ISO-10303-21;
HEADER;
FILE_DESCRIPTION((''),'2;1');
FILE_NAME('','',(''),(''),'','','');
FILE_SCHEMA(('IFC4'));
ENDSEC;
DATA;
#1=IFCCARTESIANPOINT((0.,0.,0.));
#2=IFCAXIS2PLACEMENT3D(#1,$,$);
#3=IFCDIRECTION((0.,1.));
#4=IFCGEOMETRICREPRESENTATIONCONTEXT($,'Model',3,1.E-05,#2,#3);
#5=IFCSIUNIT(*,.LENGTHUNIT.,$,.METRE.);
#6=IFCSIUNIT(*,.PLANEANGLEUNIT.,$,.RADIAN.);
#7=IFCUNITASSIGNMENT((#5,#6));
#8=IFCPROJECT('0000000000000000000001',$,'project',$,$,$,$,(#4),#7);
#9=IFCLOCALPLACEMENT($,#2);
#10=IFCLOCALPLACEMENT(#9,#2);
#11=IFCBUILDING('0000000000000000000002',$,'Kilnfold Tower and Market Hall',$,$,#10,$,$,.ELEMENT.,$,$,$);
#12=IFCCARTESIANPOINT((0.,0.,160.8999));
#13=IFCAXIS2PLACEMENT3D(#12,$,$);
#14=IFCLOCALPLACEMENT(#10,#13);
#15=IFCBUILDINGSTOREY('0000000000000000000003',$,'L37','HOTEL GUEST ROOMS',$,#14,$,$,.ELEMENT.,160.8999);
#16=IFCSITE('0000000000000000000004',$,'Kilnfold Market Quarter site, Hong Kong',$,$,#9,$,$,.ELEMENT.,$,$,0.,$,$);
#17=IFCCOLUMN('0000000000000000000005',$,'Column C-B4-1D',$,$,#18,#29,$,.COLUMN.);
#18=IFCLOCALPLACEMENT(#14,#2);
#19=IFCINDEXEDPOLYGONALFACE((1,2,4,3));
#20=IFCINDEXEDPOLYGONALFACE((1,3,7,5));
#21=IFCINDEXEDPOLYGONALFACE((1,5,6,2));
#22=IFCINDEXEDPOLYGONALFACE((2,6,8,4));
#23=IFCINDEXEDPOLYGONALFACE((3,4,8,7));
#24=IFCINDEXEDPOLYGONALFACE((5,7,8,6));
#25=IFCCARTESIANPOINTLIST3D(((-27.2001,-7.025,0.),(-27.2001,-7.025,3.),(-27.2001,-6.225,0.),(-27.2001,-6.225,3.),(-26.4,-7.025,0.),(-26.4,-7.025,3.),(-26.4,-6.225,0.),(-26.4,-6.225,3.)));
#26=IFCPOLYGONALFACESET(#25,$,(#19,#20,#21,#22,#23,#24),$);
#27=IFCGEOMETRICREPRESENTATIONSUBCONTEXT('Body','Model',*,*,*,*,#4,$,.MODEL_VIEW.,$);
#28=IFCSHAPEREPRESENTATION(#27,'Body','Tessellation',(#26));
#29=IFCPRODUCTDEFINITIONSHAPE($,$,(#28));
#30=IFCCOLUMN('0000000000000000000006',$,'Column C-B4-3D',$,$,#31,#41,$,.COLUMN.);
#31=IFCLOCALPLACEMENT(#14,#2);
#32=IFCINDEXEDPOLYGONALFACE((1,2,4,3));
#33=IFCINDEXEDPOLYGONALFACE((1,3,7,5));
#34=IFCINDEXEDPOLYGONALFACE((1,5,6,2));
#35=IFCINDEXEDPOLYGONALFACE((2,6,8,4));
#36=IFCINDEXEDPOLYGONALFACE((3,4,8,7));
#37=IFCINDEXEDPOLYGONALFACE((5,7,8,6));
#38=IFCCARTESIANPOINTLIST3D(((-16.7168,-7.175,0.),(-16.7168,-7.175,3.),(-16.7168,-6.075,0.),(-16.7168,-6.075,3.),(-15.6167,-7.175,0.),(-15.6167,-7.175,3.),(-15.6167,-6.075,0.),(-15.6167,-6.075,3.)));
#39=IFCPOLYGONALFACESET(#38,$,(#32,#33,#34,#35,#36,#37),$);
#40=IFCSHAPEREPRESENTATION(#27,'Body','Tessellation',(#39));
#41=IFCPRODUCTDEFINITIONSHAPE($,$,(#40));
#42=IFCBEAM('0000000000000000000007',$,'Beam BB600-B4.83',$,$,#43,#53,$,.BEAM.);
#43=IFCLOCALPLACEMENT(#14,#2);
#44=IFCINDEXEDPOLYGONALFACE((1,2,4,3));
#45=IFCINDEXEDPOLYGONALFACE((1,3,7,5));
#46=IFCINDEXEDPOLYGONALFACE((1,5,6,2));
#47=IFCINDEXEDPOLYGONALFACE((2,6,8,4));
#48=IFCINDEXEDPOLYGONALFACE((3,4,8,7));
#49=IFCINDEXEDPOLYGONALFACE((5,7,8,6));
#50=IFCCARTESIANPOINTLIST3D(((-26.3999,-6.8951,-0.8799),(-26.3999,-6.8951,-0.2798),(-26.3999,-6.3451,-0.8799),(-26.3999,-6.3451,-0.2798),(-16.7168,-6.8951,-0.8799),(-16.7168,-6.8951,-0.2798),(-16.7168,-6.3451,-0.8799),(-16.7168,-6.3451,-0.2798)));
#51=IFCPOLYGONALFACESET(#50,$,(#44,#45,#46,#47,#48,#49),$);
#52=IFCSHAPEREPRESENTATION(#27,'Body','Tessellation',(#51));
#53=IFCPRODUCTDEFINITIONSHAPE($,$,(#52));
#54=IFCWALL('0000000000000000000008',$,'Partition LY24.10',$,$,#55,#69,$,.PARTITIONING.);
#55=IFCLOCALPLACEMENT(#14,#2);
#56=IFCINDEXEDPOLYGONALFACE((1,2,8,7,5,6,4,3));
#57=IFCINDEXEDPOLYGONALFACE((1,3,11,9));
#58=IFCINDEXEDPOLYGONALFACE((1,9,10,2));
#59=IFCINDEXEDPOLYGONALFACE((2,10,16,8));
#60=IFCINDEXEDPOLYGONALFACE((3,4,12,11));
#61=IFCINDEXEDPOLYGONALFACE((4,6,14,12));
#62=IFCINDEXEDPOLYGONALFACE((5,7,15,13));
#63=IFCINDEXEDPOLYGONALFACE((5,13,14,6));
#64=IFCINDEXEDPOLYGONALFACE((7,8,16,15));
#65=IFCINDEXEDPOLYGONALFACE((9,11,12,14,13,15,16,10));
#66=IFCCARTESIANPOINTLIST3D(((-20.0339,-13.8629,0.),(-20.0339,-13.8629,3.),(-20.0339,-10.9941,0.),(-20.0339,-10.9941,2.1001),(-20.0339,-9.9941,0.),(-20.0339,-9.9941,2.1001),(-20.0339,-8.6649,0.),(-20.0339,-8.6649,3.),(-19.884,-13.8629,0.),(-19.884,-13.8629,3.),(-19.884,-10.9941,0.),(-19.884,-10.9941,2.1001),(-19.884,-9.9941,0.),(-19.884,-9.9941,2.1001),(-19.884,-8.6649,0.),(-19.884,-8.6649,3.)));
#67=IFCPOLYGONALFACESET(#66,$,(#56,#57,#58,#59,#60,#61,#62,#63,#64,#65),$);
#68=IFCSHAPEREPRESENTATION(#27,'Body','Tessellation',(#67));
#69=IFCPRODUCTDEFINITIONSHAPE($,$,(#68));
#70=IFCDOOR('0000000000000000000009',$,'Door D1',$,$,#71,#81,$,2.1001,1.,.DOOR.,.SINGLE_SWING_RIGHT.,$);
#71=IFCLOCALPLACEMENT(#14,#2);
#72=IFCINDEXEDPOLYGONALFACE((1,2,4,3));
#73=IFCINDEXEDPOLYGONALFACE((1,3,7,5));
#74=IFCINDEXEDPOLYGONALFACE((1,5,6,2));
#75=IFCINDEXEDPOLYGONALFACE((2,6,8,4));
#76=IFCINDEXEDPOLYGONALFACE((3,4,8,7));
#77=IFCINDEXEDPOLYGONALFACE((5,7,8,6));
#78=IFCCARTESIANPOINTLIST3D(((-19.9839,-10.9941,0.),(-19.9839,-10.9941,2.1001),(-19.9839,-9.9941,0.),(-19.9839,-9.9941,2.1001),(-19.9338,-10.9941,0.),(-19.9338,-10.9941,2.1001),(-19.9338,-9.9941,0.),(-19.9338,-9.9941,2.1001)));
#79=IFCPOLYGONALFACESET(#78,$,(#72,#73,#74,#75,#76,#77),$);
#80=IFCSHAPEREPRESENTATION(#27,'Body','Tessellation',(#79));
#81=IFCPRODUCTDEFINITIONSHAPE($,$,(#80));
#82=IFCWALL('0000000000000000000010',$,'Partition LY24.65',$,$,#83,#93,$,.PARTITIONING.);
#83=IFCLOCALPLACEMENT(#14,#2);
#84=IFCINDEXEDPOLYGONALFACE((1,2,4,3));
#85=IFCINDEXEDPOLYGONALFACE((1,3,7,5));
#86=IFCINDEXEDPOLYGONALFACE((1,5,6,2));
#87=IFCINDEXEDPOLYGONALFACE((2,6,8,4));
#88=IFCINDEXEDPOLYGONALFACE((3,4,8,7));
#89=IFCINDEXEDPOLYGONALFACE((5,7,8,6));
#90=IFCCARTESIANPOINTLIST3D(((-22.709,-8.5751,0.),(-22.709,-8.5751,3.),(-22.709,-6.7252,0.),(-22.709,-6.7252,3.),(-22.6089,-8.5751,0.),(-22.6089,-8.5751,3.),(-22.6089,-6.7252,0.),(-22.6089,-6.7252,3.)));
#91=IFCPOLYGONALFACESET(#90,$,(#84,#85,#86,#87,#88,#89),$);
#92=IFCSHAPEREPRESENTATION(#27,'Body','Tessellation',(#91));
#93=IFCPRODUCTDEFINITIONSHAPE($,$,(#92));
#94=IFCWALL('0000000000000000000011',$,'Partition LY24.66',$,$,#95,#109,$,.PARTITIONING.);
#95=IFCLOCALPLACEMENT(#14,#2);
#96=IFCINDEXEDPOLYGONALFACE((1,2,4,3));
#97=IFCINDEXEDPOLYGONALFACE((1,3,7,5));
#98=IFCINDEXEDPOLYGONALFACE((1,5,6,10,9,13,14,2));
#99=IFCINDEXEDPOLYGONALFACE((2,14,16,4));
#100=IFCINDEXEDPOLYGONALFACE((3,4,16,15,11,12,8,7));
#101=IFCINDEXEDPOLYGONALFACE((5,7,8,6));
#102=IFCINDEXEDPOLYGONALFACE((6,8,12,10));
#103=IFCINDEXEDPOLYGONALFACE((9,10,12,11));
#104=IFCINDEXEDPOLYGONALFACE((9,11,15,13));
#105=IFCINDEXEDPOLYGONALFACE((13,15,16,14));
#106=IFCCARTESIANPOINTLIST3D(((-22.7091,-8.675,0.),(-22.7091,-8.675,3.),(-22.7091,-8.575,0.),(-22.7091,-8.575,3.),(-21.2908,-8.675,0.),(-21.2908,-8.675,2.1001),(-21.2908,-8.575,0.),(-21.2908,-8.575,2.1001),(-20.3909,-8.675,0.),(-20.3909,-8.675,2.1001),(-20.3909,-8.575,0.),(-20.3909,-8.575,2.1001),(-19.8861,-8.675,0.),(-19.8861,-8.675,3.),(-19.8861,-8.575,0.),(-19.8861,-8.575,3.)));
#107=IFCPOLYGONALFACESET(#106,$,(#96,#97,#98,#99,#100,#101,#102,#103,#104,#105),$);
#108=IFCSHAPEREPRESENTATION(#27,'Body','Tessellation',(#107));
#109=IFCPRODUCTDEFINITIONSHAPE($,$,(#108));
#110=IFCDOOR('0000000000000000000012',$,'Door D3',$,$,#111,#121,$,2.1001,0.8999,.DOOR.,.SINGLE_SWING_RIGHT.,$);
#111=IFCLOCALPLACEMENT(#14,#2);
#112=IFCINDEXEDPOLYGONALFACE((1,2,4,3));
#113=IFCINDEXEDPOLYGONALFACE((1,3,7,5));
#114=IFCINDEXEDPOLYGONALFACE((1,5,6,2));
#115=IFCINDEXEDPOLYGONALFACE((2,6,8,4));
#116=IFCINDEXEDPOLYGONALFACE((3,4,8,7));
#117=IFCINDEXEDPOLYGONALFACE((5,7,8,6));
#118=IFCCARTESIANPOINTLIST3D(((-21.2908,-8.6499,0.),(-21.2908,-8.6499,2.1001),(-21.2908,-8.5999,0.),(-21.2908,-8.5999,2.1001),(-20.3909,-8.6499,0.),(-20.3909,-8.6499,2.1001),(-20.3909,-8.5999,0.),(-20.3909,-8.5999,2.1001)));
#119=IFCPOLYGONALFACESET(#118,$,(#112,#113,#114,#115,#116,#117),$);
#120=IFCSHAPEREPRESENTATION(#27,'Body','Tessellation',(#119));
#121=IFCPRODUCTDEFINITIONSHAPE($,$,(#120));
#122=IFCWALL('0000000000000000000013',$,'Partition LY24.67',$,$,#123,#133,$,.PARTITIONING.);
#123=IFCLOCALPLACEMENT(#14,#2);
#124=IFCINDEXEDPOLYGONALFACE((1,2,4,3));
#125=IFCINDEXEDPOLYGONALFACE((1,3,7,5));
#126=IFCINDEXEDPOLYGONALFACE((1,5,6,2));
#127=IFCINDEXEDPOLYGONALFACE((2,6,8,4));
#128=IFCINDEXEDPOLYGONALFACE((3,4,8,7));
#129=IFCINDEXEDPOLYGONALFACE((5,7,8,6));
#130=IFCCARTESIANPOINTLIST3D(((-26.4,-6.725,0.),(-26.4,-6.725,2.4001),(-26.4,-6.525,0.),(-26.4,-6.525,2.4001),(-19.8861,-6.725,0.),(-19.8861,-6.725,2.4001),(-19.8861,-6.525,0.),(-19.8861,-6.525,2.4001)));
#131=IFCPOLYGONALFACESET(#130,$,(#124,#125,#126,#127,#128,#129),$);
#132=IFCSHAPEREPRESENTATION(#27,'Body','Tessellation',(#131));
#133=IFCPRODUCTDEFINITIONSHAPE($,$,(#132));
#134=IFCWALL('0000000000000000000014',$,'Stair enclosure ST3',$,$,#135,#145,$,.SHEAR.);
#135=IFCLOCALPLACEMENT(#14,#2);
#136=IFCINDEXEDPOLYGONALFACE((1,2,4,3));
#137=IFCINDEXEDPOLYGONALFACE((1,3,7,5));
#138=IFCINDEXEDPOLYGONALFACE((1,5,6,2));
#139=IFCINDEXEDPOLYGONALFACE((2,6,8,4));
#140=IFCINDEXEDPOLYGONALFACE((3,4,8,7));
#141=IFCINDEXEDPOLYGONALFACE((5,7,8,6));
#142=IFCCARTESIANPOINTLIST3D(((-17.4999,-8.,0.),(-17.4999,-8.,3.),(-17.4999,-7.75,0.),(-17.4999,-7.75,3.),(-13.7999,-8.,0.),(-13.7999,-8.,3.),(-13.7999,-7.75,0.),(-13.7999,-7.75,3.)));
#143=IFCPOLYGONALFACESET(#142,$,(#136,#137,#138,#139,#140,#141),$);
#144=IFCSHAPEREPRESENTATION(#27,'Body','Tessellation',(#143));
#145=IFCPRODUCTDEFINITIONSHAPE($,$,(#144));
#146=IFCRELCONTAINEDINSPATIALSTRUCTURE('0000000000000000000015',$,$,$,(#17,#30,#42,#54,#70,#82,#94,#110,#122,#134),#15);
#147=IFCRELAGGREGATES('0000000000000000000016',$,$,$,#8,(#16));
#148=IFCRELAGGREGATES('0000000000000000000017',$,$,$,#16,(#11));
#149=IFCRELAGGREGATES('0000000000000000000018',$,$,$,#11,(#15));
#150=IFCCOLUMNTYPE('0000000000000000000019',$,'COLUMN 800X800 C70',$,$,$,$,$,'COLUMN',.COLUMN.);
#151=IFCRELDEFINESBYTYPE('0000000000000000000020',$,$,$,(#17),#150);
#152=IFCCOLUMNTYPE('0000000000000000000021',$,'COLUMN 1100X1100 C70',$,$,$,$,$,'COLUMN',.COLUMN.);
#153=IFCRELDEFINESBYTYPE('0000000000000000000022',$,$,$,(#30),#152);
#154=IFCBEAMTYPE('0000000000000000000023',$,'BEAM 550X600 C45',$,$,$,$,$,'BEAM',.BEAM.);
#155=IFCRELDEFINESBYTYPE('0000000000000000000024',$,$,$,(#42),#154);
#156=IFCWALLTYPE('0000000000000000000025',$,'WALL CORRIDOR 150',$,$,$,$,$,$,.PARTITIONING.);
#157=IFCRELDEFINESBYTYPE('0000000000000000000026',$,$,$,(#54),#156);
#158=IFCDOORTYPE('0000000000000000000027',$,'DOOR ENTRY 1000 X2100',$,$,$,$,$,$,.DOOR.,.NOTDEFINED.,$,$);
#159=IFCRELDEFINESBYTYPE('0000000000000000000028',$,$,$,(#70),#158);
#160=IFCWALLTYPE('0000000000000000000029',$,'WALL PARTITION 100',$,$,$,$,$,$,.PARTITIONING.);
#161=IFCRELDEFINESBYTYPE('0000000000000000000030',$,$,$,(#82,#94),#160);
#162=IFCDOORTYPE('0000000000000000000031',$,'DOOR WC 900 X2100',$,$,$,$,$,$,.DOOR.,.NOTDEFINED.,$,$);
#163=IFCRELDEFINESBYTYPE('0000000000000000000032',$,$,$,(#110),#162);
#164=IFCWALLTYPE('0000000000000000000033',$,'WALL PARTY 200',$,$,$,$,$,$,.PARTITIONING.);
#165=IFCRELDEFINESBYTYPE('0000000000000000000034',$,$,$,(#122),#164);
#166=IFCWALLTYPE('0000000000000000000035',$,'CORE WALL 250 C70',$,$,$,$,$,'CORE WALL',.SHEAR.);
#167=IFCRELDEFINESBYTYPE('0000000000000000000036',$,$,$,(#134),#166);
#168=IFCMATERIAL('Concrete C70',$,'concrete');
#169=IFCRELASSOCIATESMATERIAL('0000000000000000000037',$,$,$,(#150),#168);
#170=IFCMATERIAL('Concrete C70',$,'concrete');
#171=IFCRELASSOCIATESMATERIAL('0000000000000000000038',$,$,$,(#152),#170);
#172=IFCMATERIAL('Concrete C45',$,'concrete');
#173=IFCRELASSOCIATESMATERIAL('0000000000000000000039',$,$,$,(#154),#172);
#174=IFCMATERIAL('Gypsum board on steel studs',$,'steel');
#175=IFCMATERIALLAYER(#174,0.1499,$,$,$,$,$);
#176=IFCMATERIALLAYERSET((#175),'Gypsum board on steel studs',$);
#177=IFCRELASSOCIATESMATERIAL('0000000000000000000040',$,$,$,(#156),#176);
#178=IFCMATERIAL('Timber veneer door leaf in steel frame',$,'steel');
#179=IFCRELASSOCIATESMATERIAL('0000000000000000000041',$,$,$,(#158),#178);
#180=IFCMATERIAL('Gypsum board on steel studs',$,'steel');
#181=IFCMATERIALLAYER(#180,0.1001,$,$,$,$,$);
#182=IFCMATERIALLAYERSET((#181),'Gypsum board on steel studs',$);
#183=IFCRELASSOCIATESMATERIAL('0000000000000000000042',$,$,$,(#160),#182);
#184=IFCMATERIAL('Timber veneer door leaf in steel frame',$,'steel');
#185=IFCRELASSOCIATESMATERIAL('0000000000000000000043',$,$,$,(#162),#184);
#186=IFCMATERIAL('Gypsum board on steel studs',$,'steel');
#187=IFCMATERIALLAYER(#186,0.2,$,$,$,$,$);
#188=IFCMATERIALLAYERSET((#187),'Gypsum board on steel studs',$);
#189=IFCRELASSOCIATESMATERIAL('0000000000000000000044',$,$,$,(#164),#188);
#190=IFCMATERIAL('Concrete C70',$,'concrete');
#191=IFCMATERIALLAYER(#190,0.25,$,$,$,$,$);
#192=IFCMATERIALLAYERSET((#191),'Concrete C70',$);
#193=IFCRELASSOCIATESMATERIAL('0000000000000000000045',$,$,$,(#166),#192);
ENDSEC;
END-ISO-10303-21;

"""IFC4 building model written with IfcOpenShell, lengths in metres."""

from ifc_helpers import new_model, si_unit, direction, frame, frame_2d, origin, origin_2d, place, context, subcontext, project, spatial, rectangle, extrude, source, transform, mapped, material, layer, layer_set, material_profile, profile_set, type_object, element, fill, save


model = new_model("IFC4")

# Units and contexts
model_context = context("Model", 3, precision=1e-05, world=origin(), true_north=direction((0.0, 1.0)))
body_context = subcontext(model_context, "Body", "Model", "MODEL_VIEW")
ifc_project = project(units=[si_unit("LENGTHUNIT", "METRE"), si_unit("PLANEANGLEUNIT", "RADIAN")], contexts=[model_context])

# Site, building, storey
site_placement = place(None, origin())
site = spatial("IfcSite", under=ifc_project, at=site_placement, Name="Kilnfold Market Quarter site, Hong Kong", CompositionType="ELEMENT", RefElevation=0.0)
building_placement = place(site_placement, origin())
building = spatial("IfcBuilding", under=site, at=building_placement, Name="Kilnfold Tower and Market Hall", CompositionType="ELEMENT")
storey_placement = place(building_placement, frame((0.0, 0.0, 160.8999)))
storey = spatial("IfcBuildingStorey", under=building, at=storey_placement, Name="L37", Description="HOTEL GUEST ROOMS", CompositionType="ELEMENT", Elevation=160.8999)

# Columns
ifc_material_1 = material(Name="Concrete C70", Category="concrete")
ifc_material_profile_1 = material_profile(ifc_material_1, rectangle(XDim=0.8, YDim=0.8, at=origin_2d()), Name="RC 800x800")
ifc_profile_set_1 = profile_set([ifc_material_profile_1], Name="Concrete C70")
column_type_1 = type_object("IfcColumnType", Name="COLUMN 800X800 C70", ElementType="COLUMN", PredefinedType="COLUMN", material=ifc_profile_set_1)
shared_shape_1 = source(origin(), body_context, "Body", "SweptSolid", [
    extrude(rectangle(XDim=0.8, YDim=0.8, at=origin_2d()), origin(), (0.0, 0.0, 1.0), 3.0),
])
column_1_placement = place(storey_placement, frame((-26.8, -6.625, 0.0), z_axis=(0.0, 0.0, 1.0), x_axis=(1.0, 0.0, 0.0)))
element("IfcColumn", 1, at=column_1_placement, inside=storey, type_object=column_type_1, Name="Column C-B4-1D", PredefinedType="COLUMN", context=body_context, shape_type="MappedRepresentation", body=[
    mapped(shared_shape_1, transform((0.0, 0.0, 0.0))),
])
ifc_material_2 = material(Name="Concrete C70", Category="concrete")
ifc_material_profile_2 = material_profile(ifc_material_2, rectangle(XDim=1.1001, YDim=1.1001, at=origin_2d()), Name="RC 1100x1100")
ifc_profile_set_2 = profile_set([ifc_material_profile_2], Name="Concrete C70")
column_type_2 = type_object("IfcColumnType", Name="COLUMN 1100X1100 C70", ElementType="COLUMN", PredefinedType="COLUMN", material=ifc_profile_set_2)
shared_shape_2 = source(origin(), body_context, "Body", "SweptSolid", [
    extrude(rectangle(XDim=1.1001, YDim=1.1001, at=origin_2d()), origin(), (0.0, 0.0, 1.0), 3.0),
])
column_2_placement = place(storey_placement, frame((-16.1667, -6.625, 0.0), z_axis=(0.0, 0.0, 1.0), x_axis=(1.0, 0.0, 0.0)))
element("IfcColumn", 2, at=column_2_placement, inside=storey, type_object=column_type_2, Name="Column C-B4-3D", PredefinedType="COLUMN", context=body_context, shape_type="MappedRepresentation", body=[
    mapped(shared_shape_2, transform((0.0, 0.0, 0.0))),
])

# Beam
ifc_material_3 = material(Name="Concrete C45", Category="concrete")
ifc_material_profile_3 = material_profile(ifc_material_3, rectangle(XDim=0.55, YDim=0.6001, at=origin_2d()), Name="RC 550x600")
ifc_profile_set_3 = profile_set([ifc_material_profile_3], Name="Concrete C45")
beam_type = type_object("IfcBeamType", Name="BEAM 550X600 C45", ElementType="BEAM", PredefinedType="BEAM", material=ifc_profile_set_3)
shared_shape_3 = source(origin(), body_context, "Body", "SweptSolid", [
    extrude(rectangle(XDim=0.55, YDim=0.6001, at=origin_2d()), origin(), (0.0, 0.0, 1.0), 9.6831),
])
beam_placement = place(storey_placement, frame((-26.3999, -6.6201, -0.5798), z_axis=(1.0, 0.0, 0.0), x_axis=(0.0, 1.0, 0.0)))
element("IfcBeam", 3, at=beam_placement, inside=storey, type_object=beam_type, Name="Beam BB600-B4.83", PredefinedType="BEAM", context=body_context, shape_type="MappedRepresentation", body=[
    mapped(shared_shape_3, transform((0.0, 0.0, 0.0))),
])

# Wall, opening, door
ifc_material_4 = material(Name="Gypsum board on steel studs", Category="steel")
ifc_layer_1 = layer(ifc_material_4, 0.1499)
ifc_layer_set_1 = layer_set([ifc_layer_1], Name="Gypsum board on steel studs")
wall_type_1 = type_object("IfcWallType", Name="WALL CORRIDOR 150", PredefinedType="PARTITIONING", material=ifc_layer_set_1)
wall_1_placement = place(storey_placement, frame((-19.959, -13.863, 0.0), z_axis=(0.0, 0.0, 1.0), x_axis=(0.0, 1.0, 0.0)))
wall_1 = element("IfcWall", 4, at=wall_1_placement, inside=storey, type_object=wall_type_1, Name="Partition LY24.10", PredefinedType="PARTITIONING", context=body_context, shape_type="SweptSolid", body=[
    extrude(rectangle(XDim=5.198, YDim=0.1499, at=frame_2d((2.5991, 0.0))), origin(), (0.0, 0.0, 1.0), 3.0),
])
opening_1_placement = place(wall_1_placement, frame((2.8689, 0.0, 0.0)))
opening_1 = element("IfcOpeningElement", 5, at=opening_1_placement, cuts=wall_1, PredefinedType="OPENING", context=body_context, shape_type="SweptSolid", body=[
    extrude(rectangle(XDim=1.0, YDim=2.1001, at=frame_2d((0.5, 1.05))), frame((0.0, 0.085, 0.0), z_axis=(0.0, -1.0, 0.0), x_axis=(1.0, 0.0, 0.0)), (0.0, 0.0, 1.0), 0.1699),
])
ifc_material_5 = material(Name="Timber veneer door leaf in steel frame", Category="steel")
door_type_1 = type_object("IfcDoorType", Name="DOOR ENTRY 1000 X2100", OperationType="NOTDEFINED", PredefinedType="DOOR", material=ifc_material_5)
door_1_placement = place(opening_1_placement, origin())
door_1 = element("IfcDoor", 6, at=door_1_placement, inside=storey, type_object=door_type_1, Name="Door D1", OperationType="SINGLE_SWING_RIGHT", OverallHeight=2.1001, OverallWidth=1.0, PredefinedType="DOOR", context=body_context, shape_type="SweptSolid", body=[
    extrude(rectangle(XDim=1.0, YDim=2.1001, at=frame_2d((0.5, 1.05))), frame((0.0, 0.0249, 0.0), z_axis=(0.0, -1.0, 0.0), x_axis=(1.0, 0.0, 0.0)), (0.0, 0.0, 1.0), 0.05),
])
fill(opening_1, door_1)

# Wall
ifc_material_6 = material(Name="Gypsum board on steel studs", Category="steel")
ifc_layer_2 = layer(ifc_material_6, 0.1001)
ifc_layer_set_2 = layer_set([ifc_layer_2], Name="Gypsum board on steel studs")
wall_type_2 = type_object("IfcWallType", Name="WALL PARTITION 100", PredefinedType="PARTITIONING", material=ifc_layer_set_2)
wall_2_placement = place(storey_placement, frame((-22.6589, -8.575, 0.0), z_axis=(0.0, 0.0, 1.0), x_axis=(0.0, 1.0, 0.0)))
element("IfcWall", 7, at=wall_2_placement, inside=storey, type_object=wall_type_2, Name="Partition LY24.65", PredefinedType="PARTITIONING", context=body_context, shape_type="SweptSolid", body=[
    extrude(rectangle(XDim=1.8499, YDim=0.1001, at=frame_2d((0.9248, 0.0))), origin(), (0.0, 0.0, 1.0), 3.0),
])

# Wall, opening, door
wall_3_placement = place(storey_placement, frame((-19.886, -8.625, 0.0), z_axis=(0.0, 0.0, 1.0), x_axis=(-1.0, 0.0, 0.0)))
wall_3 = element("IfcWall", 8, at=wall_3_placement, inside=storey, type_object=wall_type_2, Name="Partition LY24.66", PredefinedType="PARTITIONING", context=body_context, shape_type="SweptSolid", body=[
    extrude(rectangle(XDim=2.823, YDim=0.1001, at=frame_2d((1.4116, 0.0))), origin(), (0.0, 0.0, 1.0), 3.0),
])
opening_2_placement = place(wall_3_placement, frame((0.5049, 0.0, 0.0)))
opening_2 = element("IfcOpeningElement", 9, at=opening_2_placement, cuts=wall_3, PredefinedType="OPENING", context=body_context, shape_type="SweptSolid", body=[
    extrude(rectangle(XDim=0.8999, YDim=2.1001, at=frame_2d((0.45, 1.05))), frame((0.0, 0.0601, 0.0), z_axis=(0.0, -1.0, 0.0), x_axis=(1.0, 0.0, 0.0)), (0.0, 0.0, 1.0), 0.1201),
])
ifc_material_7 = material(Name="Timber veneer door leaf in steel frame", Category="steel")
door_type_2 = type_object("IfcDoorType", Name="DOOR WC 900 X2100", OperationType="NOTDEFINED", PredefinedType="DOOR", material=ifc_material_7)
door_2_placement = place(opening_2_placement, origin())
door_2 = element("IfcDoor", 10, at=door_2_placement, inside=storey, type_object=door_type_2, Name="Door D3", OperationType="SINGLE_SWING_RIGHT", OverallHeight=2.1001, OverallWidth=0.8999, PredefinedType="DOOR", context=body_context, shape_type="SweptSolid", body=[
    extrude(rectangle(XDim=0.8999, YDim=2.1001, at=frame_2d((0.45, 1.05))), frame((0.0, 0.0249, 0.0), z_axis=(0.0, -1.0, 0.0), x_axis=(1.0, 0.0, 0.0)), (0.0, 0.0, 1.0), 0.05),
])
fill(opening_2, door_2)

# Walls
ifc_material_8 = material(Name="Gypsum board on steel studs", Category="steel")
ifc_layer_3 = layer(ifc_material_8, 0.2)
ifc_layer_set_3 = layer_set([ifc_layer_3], Name="Gypsum board on steel studs")
wall_type_3 = type_object("IfcWallType", Name="WALL PARTY 200", PredefinedType="PARTITIONING", material=ifc_layer_set_3)
wall_4_placement = place(storey_placement, frame((-26.3999, -6.625, 0.0), z_axis=(0.0, 0.0, 1.0), x_axis=(1.0, 0.0, 0.0)))
element("IfcWall", 11, at=wall_4_placement, inside=storey, type_object=wall_type_3, Name="Partition LY24.67", PredefinedType="PARTITIONING", context=body_context, shape_type="SweptSolid", body=[
    extrude(rectangle(XDim=6.5139, YDim=0.2, at=frame_2d((3.2568, 0.0))), origin(), (0.0, 0.0, 1.0), 2.4001),
])
ifc_material_9 = material(Name="Concrete C70", Category="concrete")
ifc_layer_4 = layer(ifc_material_9, 0.25)
ifc_layer_set_4 = layer_set([ifc_layer_4], Name="Concrete C70")
wall_type_4 = type_object("IfcWallType", Name="CORE WALL 250 C70", ElementType="CORE WALL", PredefinedType="SHEAR", material=ifc_layer_set_4)
shared_shape_4 = source(origin(), body_context, "Body", "SweptSolid", [
    extrude(rectangle(XDim=3.7, YDim=0.25, at=frame_2d((1.8501, 0.0))), origin(), (0.0, 0.0, 1.0), 3.0),
])
wall_5_placement = place(storey_placement, frame((-17.5, -7.875, 0.0), z_axis=(0.0, 0.0, 1.0), x_axis=(1.0, 0.0, 0.0)))
element("IfcWall", 12, at=wall_5_placement, inside=storey, type_object=wall_type_4, Name="Stair enclosure ST3", PredefinedType="SHEAR", context=body_context, shape_type="MappedRepresentation", body=[
    mapped(shared_shape_4, transform((0.0, 0.0, 0.0))),
])

save(model, "model.ifc")
